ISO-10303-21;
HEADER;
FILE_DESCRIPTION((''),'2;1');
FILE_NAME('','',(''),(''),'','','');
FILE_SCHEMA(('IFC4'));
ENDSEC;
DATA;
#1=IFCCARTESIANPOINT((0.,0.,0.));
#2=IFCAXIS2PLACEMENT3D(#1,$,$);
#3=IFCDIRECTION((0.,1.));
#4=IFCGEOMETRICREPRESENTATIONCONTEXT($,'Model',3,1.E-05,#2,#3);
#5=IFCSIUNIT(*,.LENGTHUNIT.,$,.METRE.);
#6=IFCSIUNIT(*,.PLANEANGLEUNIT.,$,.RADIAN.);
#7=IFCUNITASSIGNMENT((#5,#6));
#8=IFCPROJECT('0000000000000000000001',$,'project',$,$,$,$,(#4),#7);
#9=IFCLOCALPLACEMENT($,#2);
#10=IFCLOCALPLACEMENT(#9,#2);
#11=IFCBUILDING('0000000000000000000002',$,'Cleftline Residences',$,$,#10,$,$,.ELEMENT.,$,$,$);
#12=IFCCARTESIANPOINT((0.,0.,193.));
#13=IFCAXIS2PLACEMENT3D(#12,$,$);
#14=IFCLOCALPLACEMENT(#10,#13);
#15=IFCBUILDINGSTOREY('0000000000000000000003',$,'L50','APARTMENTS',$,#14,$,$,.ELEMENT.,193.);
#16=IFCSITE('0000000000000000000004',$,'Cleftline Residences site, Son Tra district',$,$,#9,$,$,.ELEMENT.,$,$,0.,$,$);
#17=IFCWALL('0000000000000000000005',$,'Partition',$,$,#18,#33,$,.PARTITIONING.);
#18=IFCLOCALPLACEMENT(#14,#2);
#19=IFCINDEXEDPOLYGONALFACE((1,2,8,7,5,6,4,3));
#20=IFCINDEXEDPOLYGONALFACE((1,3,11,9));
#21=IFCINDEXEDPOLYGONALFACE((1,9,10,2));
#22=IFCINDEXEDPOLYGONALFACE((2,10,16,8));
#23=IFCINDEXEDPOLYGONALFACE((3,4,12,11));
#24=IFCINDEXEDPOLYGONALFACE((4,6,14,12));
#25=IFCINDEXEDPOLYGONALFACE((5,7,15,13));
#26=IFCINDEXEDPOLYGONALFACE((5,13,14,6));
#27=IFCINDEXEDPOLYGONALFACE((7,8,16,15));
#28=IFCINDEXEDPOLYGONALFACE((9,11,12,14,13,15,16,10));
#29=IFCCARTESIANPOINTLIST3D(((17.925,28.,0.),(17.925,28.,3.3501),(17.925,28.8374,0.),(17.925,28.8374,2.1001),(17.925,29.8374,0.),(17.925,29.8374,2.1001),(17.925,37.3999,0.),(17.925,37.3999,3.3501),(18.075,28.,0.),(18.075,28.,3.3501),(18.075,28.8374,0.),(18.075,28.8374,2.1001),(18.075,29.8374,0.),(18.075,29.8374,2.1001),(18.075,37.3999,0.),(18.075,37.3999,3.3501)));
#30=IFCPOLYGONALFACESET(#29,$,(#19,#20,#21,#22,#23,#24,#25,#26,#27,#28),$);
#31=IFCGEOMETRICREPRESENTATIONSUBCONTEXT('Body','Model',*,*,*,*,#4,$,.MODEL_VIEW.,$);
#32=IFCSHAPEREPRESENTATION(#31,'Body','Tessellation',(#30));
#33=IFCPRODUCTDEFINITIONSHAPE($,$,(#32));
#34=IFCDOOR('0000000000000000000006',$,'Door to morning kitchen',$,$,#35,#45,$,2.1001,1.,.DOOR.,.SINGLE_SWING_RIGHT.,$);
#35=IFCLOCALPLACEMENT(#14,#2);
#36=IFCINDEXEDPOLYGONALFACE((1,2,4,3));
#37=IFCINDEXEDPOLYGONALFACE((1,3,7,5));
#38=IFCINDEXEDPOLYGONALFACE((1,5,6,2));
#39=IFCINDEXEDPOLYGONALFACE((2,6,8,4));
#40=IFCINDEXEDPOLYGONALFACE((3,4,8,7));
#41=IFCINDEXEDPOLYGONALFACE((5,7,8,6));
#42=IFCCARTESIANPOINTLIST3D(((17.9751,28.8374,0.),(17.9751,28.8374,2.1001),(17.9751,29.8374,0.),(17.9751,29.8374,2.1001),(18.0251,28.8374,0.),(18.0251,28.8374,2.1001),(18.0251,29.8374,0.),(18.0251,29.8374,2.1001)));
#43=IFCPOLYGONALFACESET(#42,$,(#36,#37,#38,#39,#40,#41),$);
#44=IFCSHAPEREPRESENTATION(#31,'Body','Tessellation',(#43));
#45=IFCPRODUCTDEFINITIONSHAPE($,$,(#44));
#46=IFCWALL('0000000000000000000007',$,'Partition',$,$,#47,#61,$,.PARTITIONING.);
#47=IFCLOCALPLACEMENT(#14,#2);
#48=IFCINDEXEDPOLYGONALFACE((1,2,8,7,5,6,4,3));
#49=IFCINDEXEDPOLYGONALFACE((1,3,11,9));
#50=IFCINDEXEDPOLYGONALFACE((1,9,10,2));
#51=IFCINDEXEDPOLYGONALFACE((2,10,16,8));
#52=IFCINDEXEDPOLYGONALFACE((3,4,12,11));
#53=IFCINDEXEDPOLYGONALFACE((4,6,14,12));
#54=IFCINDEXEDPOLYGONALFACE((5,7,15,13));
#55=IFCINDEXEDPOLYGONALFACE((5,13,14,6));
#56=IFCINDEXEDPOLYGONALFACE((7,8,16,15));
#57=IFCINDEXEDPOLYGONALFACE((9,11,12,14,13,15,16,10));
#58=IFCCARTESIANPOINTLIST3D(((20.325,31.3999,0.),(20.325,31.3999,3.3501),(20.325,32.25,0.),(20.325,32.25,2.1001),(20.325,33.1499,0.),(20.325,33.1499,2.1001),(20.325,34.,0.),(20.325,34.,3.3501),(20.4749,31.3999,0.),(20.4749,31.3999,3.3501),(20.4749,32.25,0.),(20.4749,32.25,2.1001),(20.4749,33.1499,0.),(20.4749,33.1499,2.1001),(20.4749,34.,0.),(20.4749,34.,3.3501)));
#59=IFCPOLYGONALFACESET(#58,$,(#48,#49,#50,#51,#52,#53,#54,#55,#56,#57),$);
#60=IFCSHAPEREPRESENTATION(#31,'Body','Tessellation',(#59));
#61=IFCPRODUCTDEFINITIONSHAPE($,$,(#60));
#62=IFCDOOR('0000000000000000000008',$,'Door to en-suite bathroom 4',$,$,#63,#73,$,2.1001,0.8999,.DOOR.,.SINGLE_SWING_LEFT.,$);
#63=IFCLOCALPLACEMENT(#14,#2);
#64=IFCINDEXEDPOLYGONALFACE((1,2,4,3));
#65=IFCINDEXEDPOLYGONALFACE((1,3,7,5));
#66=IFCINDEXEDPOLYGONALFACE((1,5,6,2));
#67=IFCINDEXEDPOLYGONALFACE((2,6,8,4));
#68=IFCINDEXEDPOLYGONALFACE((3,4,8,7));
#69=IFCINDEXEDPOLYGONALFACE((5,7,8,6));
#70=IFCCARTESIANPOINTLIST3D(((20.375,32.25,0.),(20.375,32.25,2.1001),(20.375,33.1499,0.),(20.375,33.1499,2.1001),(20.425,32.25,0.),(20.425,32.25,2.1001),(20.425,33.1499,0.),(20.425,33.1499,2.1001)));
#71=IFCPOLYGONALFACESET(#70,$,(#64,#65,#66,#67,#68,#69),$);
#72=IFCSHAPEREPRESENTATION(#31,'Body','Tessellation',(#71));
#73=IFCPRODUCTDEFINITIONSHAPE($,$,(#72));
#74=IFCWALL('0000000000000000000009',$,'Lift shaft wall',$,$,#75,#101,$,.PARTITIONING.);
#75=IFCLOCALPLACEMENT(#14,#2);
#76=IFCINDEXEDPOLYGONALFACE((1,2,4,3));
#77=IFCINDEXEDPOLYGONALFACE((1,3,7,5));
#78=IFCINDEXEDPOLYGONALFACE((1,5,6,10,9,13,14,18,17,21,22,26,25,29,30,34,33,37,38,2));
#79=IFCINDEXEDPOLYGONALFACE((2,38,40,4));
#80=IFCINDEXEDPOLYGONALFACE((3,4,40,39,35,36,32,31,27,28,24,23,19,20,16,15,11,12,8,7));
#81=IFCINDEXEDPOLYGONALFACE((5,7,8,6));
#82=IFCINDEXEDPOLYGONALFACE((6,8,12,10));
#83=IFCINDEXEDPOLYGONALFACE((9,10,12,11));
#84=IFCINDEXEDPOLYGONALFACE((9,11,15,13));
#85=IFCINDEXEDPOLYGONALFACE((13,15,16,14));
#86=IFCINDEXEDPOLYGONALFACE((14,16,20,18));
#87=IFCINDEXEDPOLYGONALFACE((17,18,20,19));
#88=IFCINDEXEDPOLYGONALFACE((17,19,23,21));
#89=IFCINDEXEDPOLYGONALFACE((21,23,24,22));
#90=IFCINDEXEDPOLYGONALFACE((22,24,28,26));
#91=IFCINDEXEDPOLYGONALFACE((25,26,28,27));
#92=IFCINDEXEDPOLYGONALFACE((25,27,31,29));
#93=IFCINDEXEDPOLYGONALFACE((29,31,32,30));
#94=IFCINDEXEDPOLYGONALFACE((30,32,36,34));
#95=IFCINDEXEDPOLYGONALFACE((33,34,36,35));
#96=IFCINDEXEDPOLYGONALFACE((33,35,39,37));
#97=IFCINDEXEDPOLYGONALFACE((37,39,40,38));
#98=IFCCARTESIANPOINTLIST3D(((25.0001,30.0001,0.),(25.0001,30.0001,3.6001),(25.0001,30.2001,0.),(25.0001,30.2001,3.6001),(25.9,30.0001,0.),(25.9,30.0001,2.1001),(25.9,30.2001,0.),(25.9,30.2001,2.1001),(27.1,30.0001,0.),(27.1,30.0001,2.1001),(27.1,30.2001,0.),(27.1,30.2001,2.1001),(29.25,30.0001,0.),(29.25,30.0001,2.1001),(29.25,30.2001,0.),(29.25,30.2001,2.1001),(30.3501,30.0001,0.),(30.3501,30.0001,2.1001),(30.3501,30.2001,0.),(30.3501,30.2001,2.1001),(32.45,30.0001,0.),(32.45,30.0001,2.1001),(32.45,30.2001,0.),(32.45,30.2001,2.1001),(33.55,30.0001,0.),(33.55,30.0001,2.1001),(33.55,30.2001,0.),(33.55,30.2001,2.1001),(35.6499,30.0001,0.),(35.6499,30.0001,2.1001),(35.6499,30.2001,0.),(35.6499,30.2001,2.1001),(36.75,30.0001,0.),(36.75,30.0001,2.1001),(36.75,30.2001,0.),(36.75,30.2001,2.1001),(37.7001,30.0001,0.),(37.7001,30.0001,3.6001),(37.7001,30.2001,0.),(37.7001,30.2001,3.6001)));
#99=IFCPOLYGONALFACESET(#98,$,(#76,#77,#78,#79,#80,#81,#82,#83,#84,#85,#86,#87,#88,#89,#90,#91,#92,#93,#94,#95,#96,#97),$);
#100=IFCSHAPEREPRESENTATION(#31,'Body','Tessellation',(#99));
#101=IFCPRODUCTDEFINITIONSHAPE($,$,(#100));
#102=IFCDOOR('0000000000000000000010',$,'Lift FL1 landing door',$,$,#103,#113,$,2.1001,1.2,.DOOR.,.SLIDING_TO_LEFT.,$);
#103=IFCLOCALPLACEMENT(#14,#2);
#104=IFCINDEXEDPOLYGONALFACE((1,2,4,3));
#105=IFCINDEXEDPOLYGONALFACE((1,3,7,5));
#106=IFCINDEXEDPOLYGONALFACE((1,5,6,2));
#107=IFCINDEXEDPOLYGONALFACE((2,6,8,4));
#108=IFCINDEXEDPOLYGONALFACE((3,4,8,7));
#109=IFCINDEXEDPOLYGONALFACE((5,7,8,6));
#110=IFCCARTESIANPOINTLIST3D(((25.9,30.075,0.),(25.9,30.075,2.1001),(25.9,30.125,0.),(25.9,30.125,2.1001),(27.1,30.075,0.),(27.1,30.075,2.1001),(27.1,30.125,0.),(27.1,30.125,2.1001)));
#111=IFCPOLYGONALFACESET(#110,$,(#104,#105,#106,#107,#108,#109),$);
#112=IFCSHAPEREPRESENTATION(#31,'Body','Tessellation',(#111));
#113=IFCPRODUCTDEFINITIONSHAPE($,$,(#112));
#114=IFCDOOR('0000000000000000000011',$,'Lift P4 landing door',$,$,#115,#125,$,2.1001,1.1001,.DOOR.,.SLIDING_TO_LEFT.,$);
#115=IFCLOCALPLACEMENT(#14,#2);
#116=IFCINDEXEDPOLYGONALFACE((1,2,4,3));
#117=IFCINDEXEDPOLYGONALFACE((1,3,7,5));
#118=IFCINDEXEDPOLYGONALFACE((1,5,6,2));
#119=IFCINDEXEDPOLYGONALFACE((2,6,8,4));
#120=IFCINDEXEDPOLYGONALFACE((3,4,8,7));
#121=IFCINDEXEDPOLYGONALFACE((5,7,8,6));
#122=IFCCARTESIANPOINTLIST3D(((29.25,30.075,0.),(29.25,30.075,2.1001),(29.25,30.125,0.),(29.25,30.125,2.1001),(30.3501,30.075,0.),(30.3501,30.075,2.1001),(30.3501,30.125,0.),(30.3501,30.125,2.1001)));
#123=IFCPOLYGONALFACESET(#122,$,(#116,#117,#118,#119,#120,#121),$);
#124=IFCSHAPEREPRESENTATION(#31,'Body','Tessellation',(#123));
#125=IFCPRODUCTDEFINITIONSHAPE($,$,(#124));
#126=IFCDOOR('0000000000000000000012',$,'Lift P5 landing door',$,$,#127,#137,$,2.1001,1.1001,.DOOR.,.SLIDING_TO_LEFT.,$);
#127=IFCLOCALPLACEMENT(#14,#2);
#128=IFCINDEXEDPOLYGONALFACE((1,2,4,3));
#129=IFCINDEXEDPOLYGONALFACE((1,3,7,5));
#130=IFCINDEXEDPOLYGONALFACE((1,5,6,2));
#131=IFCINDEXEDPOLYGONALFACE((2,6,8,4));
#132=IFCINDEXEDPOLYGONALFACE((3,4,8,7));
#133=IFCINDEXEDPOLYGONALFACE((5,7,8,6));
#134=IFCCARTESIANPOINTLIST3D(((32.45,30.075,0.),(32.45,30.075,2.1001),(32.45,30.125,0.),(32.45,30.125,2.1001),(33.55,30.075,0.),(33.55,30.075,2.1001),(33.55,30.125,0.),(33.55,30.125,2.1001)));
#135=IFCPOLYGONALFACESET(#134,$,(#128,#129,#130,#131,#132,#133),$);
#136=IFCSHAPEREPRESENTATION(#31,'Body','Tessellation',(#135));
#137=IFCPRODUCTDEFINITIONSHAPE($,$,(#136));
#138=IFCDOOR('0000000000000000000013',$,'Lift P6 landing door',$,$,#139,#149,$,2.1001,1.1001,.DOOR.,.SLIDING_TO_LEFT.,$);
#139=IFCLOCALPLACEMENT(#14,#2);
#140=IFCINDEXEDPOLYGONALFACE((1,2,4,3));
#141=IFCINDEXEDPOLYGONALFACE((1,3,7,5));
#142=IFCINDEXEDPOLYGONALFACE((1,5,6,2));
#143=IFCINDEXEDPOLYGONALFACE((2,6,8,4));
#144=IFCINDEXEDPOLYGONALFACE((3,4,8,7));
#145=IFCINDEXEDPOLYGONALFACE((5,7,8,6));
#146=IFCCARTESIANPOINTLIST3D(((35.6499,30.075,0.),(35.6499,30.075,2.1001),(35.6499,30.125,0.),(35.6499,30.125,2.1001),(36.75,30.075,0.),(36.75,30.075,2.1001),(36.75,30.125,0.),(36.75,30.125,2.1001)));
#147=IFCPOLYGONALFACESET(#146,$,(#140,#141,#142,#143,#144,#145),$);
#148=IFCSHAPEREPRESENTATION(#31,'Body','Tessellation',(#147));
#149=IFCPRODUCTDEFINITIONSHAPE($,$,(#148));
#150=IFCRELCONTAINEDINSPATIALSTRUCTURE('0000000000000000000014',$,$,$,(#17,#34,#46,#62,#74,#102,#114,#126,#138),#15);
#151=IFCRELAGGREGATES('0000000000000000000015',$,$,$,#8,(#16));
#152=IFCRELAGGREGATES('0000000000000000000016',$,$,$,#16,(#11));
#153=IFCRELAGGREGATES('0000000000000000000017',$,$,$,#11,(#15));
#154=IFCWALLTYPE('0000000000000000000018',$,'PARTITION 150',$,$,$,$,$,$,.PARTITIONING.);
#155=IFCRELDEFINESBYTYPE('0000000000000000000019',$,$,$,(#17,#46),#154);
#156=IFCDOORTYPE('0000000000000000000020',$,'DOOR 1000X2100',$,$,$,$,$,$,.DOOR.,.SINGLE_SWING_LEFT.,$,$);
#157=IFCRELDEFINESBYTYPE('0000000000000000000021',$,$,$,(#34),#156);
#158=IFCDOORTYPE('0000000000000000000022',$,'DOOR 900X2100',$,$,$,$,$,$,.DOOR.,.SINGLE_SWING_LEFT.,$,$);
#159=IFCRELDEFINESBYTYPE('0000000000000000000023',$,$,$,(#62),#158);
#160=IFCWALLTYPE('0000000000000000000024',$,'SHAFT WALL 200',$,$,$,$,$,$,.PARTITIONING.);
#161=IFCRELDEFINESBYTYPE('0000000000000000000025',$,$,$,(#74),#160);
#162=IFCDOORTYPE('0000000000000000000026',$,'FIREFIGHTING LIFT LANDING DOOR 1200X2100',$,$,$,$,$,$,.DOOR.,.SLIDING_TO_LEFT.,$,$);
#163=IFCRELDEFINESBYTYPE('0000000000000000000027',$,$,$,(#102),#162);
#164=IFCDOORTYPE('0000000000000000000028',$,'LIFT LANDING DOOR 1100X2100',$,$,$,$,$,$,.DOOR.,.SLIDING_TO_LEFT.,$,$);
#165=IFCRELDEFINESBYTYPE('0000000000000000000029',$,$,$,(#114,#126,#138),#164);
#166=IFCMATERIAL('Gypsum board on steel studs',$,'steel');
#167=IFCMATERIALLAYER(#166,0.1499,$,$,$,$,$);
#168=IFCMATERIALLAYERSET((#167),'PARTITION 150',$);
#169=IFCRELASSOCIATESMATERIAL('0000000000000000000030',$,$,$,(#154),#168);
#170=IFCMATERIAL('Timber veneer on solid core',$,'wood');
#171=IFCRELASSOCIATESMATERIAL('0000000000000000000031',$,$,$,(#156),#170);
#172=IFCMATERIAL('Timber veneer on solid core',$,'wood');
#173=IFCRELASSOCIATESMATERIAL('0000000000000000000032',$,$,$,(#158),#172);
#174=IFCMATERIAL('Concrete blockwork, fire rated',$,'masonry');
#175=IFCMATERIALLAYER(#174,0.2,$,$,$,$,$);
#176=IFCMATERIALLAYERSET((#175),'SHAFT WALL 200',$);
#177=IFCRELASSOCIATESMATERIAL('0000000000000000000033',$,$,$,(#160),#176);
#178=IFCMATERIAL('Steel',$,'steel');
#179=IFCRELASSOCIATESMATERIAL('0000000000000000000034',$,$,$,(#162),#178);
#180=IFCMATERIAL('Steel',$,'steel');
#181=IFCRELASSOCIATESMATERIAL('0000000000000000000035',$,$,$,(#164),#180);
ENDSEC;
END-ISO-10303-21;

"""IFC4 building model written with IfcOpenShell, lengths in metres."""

from ifc_helpers import new_model, si_unit, direction, frame, frame_2d, origin, place, context, subcontext, project, spatial, rectangle, extrude, material, layer, layer_set, type_object, element, fill, save


model = new_model("IFC4")

# Units and contexts
model_context = context("Model", 3, precision=1e-05, world=origin(), true_north=direction((0.0, 1.0)))
body_context = subcontext(model_context, "Body", "Model", "MODEL_VIEW")
ifc_project = project(units=[si_unit("LENGTHUNIT", "METRE"), si_unit("PLANEANGLEUNIT", "RADIAN")], contexts=[model_context])

# Site, building, storey
site_placement = place(None, origin())
site = spatial("IfcSite", under=ifc_project, at=site_placement, Name="Cleftline Residences site, Son Tra district", CompositionType="ELEMENT", RefElevation=0.0)
building_placement = place(site_placement, origin())
building = spatial("IfcBuilding", under=site, at=building_placement, Name="Cleftline Residences", CompositionType="ELEMENT")
storey_placement = place(building_placement, frame((0.0, 0.0, 193.0)))
storey = spatial("IfcBuildingStorey", under=building, at=storey_placement, Name="L50", Description="APARTMENTS", CompositionType="ELEMENT", Elevation=193.0)

# Shared definitions
ifc_material_1 = material(Name="Gypsum board on steel studs", Category="steel")
ifc_layer_1 = layer(ifc_material_1, 0.1499)
ifc_layer_set_1 = layer_set([ifc_layer_1], Name="PARTITION 150")
wall_type_1 = type_object("IfcWallType", Name="PARTITION 150", PredefinedType="PARTITIONING", material=ifc_layer_set_1)

# Walls, openings, doors
wall_1_placement = place(storey_placement, frame((18.0, 28.0, 0.0), z_axis=(0.0, 0.0, 1.0), x_axis=(0.0, 1.0, 0.0)))
wall_1 = element("IfcWall", 1, at=wall_1_placement, inside=storey, type_object=wall_type_1, Name="Partition", PredefinedType="PARTITIONING", context=body_context, shape_type="SweptSolid", body=[
    extrude(rectangle(XDim=9.3999, YDim=0.1499, at=frame_2d((4.7, 0.0))), origin(), (0.0, 0.0, 1.0), 3.3501),
])
opening_1_placement = place(wall_1_placement, frame((0.8374, 0.0, 0.0)))
opening_1 = element("IfcOpeningElement", 2, at=opening_1_placement, cuts=wall_1, PredefinedType="OPENING", context=body_context, shape_type="SweptSolid", body=[
    extrude(rectangle(XDim=1.0, YDim=2.1001, at=frame_2d((0.5, 1.05))), frame((0.0, 0.085, 0.0), z_axis=(0.0, -1.0, 0.0), x_axis=(1.0, 0.0, 0.0)), (0.0, 0.0, 1.0), 0.1699),
])
ifc_material_2 = material(Name="Timber veneer on solid core", Category="wood")
door_type_1 = type_object("IfcDoorType", Name="DOOR 1000X2100", OperationType="SINGLE_SWING_LEFT", PredefinedType="DOOR", material=ifc_material_2)
door_1_placement = place(opening_1_placement, origin())
door_1 = element("IfcDoor", 3, at=door_1_placement, inside=storey, type_object=door_type_1, Name="Door to morning kitchen", OperationType="SINGLE_SWING_RIGHT", OverallHeight=2.1001, OverallWidth=1.0, PredefinedType="DOOR", context=body_context, shape_type="SweptSolid", body=[
    extrude(rectangle(XDim=1.0, YDim=2.1001, at=frame_2d((0.5, 1.05))), frame((0.0, 0.0249, 0.0), z_axis=(0.0, -1.0, 0.0), x_axis=(1.0, 0.0, 0.0)), (0.0, 0.0, 1.0), 0.05),
])
fill(opening_1, door_1)
wall_2_placement = place(storey_placement, frame((20.3999, 31.3999, 0.0), z_axis=(0.0, 0.0, 1.0), x_axis=(0.0, 1.0, 0.0)))
wall_2 = element("IfcWall", 4, at=wall_2_placement, inside=storey, type_object=wall_type_1, Name="Partition", PredefinedType="PARTITIONING", context=body_context, shape_type="SweptSolid", body=[
    extrude(rectangle(XDim=2.6001, YDim=0.1499, at=frame_2d((1.3, 0.0))), origin(), (0.0, 0.0, 1.0), 3.3501),
])
opening_2_placement = place(wall_2_placement, frame((0.8501, 0.0, 0.0)))
opening_2 = element("IfcOpeningElement", 5, at=opening_2_placement, cuts=wall_2, PredefinedType="OPENING", context=body_context, shape_type="SweptSolid", body=[
    extrude(rectangle(XDim=0.8999, YDim=2.1001, at=frame_2d((0.45, 1.05))), frame((0.0, 0.085, 0.0), z_axis=(0.0, -1.0, 0.0), x_axis=(1.0, 0.0, 0.0)), (0.0, 0.0, 1.0), 0.1699),
])
ifc_material_3 = material(Name="Timber veneer on solid core", Category="wood")
door_type_2 = type_object("IfcDoorType", Name="DOOR 900X2100", OperationType="SINGLE_SWING_LEFT", PredefinedType="DOOR", material=ifc_material_3)
door_2_placement = place(opening_2_placement, origin())
door_2 = element("IfcDoor", 6, at=door_2_placement, inside=storey, type_object=door_type_2, Name="Door to en-suite bathroom 4", OperationType="SINGLE_SWING_LEFT", OverallHeight=2.1001, OverallWidth=0.8999, PredefinedType="DOOR", context=body_context, shape_type="SweptSolid", body=[
    extrude(rectangle(XDim=0.8999, YDim=2.1001, at=frame_2d((0.45, 1.05))), frame((0.0, 0.0249, 0.0), z_axis=(0.0, -1.0, 0.0), x_axis=(1.0, 0.0, 0.0)), (0.0, 0.0, 1.0), 0.05),
])
fill(opening_2, door_2)

# Wall, openings, doors
ifc_material_4 = material(Name="Concrete blockwork, fire rated", Category="masonry")
ifc_layer_2 = layer(ifc_material_4, 0.2)
ifc_layer_set_2 = layer_set([ifc_layer_2], Name="SHAFT WALL 200")
wall_type_2 = type_object("IfcWallType", Name="SHAFT WALL 200", PredefinedType="PARTITIONING", material=ifc_layer_set_2)
wall_3_placement = place(storey_placement, frame((25.0, 30.1001, 0.0), z_axis=(0.0, 0.0, 1.0), x_axis=(1.0, 0.0, 0.0)))
wall_3 = element("IfcWall", 7, at=wall_3_placement, inside=storey, type_object=wall_type_2, Name="Lift shaft wall", PredefinedType="PARTITIONING", context=body_context, shape_type="SweptSolid", body=[
    extrude(rectangle(XDim=12.7, YDim=0.2, at=frame_2d((6.3501, 0.0))), origin(), (0.0, 0.0, 1.0), 3.6001),
])
opening_3_placement = place(wall_3_placement, frame((4.25, 0.0, 0.0)))
opening_3 = element("IfcOpeningElement", 8, at=opening_3_placement, cuts=wall_3, PredefinedType="OPENING", context=body_context, shape_type="SweptSolid", body=[
    extrude(rectangle(XDim=1.1001, YDim=2.1001, at=frame_2d((0.55, 1.05))), frame((0.0, 0.1099, 0.0), z_axis=(0.0, -1.0, 0.0), x_axis=(1.0, 0.0, 0.0)), (0.0, 0.0, 1.0), 0.22),
])
opening_4_placement = place(wall_3_placement, frame((7.45, 0.0, 0.0)))
opening_4 = element("IfcOpeningElement", 9, at=opening_4_placement, cuts=wall_3, PredefinedType="OPENING", context=body_context, shape_type="SweptSolid", body=[
    extrude(rectangle(XDim=1.1001, YDim=2.1001, at=frame_2d((0.55, 1.05))), frame((0.0, 0.1099, 0.0), z_axis=(0.0, -1.0, 0.0), x_axis=(1.0, 0.0, 0.0)), (0.0, 0.0, 1.0), 0.22),
])
opening_5_placement = place(wall_3_placement, frame((10.6499, 0.0, 0.0)))
opening_5 = element("IfcOpeningElement", 10, at=opening_5_placement, cuts=wall_3, PredefinedType="OPENING", context=body_context, shape_type="SweptSolid", body=[
    extrude(rectangle(XDim=1.1001, YDim=2.1001, at=frame_2d((0.55, 1.05))), frame((0.0, 0.1099, 0.0), z_axis=(0.0, -1.0, 0.0), x_axis=(1.0, 0.0, 0.0)), (0.0, 0.0, 1.0), 0.22),
])
opening_6_placement = place(wall_3_placement, frame((0.8999, 0.0, 0.0)))
opening_6 = element("IfcOpeningElement", 11, at=opening_6_placement, cuts=wall_3, PredefinedType="OPENING", context=body_context, shape_type="SweptSolid", body=[
    extrude(rectangle(XDim=1.2, YDim=2.1001, at=frame_2d((0.6001, 1.05))), frame((0.0, 0.1099, 0.0), z_axis=(0.0, -1.0, 0.0), x_axis=(1.0, 0.0, 0.0)), (0.0, 0.0, 1.0), 0.22),
])
ifc_material_5 = material(Name="Steel", Category="steel")
door_type_3 = type_object("IfcDoorType", Name="FIREFIGHTING LIFT LANDING DOOR 1200X2100", OperationType="SLIDING_TO_LEFT", PredefinedType="DOOR", material=ifc_material_5)
door_3_placement = place(opening_6_placement, origin())
door_3 = element("IfcDoor", 12, at=door_3_placement, inside=storey, type_object=door_type_3, Name="Lift FL1 landing door", OperationType="SLIDING_TO_LEFT", OverallHeight=2.1001, OverallWidth=1.2, PredefinedType="DOOR", context=body_context, shape_type="SweptSolid", body=[
    extrude(rectangle(XDim=1.2, YDim=2.1001, at=frame_2d((0.6001, 1.05))), frame((0.0, 0.0249, 0.0), z_axis=(0.0, -1.0, 0.0), x_axis=(1.0, 0.0, 0.0)), (0.0, 0.0, 1.0), 0.05),
])
fill(opening_6, door_3)
ifc_material_6 = material(Name="Steel", Category="steel")
door_type_4 = type_object("IfcDoorType", Name="LIFT LANDING DOOR 1100X2100", OperationType="SLIDING_TO_LEFT", PredefinedType="DOOR", material=ifc_material_6)
door_4_placement = place(opening_3_placement, origin())
door_4 = element("IfcDoor", 13, at=door_4_placement, inside=storey, type_object=door_type_4, Name="Lift P4 landing door", OperationType="SLIDING_TO_LEFT", OverallHeight=2.1001, OverallWidth=1.1001, PredefinedType="DOOR", context=body_context, shape_type="SweptSolid", body=[
    extrude(rectangle(XDim=1.1001, YDim=2.1001, at=frame_2d((0.55, 1.05))), frame((0.0, 0.0249, 0.0), z_axis=(0.0, -1.0, 0.0), x_axis=(1.0, 0.0, 0.0)), (0.0, 0.0, 1.0), 0.05),
])
fill(opening_3, door_4)
door_5_placement = place(opening_4_placement, origin())
door_5 = element("IfcDoor", 14, at=door_5_placement, inside=storey, type_object=door_type_4, Name="Lift P5 landing door", OperationType="SLIDING_TO_LEFT", OverallHeight=2.1001, OverallWidth=1.1001, PredefinedType="DOOR", context=body_context, shape_type="SweptSolid", body=[
    extrude(rectangle(XDim=1.1001, YDim=2.1001, at=frame_2d((0.55, 1.05))), frame((0.0, 0.0249, 0.0), z_axis=(0.0, -1.0, 0.0), x_axis=(1.0, 0.0, 0.0)), (0.0, 0.0, 1.0), 0.05),
])
fill(opening_4, door_5)
door_6_placement = place(opening_5_placement, origin())
door_6 = element("IfcDoor", 15, at=door_6_placement, inside=storey, type_object=door_type_4, Name="Lift P6 landing door", OperationType="SLIDING_TO_LEFT", OverallHeight=2.1001, OverallWidth=1.1001, PredefinedType="DOOR", context=body_context, shape_type="SweptSolid", body=[
    extrude(rectangle(XDim=1.1001, YDim=2.1001, at=frame_2d((0.55, 1.05))), frame((0.0, 0.0249, 0.0), z_axis=(0.0, -1.0, 0.0), x_axis=(1.0, 0.0, 0.0)), (0.0, 0.0, 1.0), 0.05),
])
fill(opening_5, door_6)

save(model, "model.ifc")
